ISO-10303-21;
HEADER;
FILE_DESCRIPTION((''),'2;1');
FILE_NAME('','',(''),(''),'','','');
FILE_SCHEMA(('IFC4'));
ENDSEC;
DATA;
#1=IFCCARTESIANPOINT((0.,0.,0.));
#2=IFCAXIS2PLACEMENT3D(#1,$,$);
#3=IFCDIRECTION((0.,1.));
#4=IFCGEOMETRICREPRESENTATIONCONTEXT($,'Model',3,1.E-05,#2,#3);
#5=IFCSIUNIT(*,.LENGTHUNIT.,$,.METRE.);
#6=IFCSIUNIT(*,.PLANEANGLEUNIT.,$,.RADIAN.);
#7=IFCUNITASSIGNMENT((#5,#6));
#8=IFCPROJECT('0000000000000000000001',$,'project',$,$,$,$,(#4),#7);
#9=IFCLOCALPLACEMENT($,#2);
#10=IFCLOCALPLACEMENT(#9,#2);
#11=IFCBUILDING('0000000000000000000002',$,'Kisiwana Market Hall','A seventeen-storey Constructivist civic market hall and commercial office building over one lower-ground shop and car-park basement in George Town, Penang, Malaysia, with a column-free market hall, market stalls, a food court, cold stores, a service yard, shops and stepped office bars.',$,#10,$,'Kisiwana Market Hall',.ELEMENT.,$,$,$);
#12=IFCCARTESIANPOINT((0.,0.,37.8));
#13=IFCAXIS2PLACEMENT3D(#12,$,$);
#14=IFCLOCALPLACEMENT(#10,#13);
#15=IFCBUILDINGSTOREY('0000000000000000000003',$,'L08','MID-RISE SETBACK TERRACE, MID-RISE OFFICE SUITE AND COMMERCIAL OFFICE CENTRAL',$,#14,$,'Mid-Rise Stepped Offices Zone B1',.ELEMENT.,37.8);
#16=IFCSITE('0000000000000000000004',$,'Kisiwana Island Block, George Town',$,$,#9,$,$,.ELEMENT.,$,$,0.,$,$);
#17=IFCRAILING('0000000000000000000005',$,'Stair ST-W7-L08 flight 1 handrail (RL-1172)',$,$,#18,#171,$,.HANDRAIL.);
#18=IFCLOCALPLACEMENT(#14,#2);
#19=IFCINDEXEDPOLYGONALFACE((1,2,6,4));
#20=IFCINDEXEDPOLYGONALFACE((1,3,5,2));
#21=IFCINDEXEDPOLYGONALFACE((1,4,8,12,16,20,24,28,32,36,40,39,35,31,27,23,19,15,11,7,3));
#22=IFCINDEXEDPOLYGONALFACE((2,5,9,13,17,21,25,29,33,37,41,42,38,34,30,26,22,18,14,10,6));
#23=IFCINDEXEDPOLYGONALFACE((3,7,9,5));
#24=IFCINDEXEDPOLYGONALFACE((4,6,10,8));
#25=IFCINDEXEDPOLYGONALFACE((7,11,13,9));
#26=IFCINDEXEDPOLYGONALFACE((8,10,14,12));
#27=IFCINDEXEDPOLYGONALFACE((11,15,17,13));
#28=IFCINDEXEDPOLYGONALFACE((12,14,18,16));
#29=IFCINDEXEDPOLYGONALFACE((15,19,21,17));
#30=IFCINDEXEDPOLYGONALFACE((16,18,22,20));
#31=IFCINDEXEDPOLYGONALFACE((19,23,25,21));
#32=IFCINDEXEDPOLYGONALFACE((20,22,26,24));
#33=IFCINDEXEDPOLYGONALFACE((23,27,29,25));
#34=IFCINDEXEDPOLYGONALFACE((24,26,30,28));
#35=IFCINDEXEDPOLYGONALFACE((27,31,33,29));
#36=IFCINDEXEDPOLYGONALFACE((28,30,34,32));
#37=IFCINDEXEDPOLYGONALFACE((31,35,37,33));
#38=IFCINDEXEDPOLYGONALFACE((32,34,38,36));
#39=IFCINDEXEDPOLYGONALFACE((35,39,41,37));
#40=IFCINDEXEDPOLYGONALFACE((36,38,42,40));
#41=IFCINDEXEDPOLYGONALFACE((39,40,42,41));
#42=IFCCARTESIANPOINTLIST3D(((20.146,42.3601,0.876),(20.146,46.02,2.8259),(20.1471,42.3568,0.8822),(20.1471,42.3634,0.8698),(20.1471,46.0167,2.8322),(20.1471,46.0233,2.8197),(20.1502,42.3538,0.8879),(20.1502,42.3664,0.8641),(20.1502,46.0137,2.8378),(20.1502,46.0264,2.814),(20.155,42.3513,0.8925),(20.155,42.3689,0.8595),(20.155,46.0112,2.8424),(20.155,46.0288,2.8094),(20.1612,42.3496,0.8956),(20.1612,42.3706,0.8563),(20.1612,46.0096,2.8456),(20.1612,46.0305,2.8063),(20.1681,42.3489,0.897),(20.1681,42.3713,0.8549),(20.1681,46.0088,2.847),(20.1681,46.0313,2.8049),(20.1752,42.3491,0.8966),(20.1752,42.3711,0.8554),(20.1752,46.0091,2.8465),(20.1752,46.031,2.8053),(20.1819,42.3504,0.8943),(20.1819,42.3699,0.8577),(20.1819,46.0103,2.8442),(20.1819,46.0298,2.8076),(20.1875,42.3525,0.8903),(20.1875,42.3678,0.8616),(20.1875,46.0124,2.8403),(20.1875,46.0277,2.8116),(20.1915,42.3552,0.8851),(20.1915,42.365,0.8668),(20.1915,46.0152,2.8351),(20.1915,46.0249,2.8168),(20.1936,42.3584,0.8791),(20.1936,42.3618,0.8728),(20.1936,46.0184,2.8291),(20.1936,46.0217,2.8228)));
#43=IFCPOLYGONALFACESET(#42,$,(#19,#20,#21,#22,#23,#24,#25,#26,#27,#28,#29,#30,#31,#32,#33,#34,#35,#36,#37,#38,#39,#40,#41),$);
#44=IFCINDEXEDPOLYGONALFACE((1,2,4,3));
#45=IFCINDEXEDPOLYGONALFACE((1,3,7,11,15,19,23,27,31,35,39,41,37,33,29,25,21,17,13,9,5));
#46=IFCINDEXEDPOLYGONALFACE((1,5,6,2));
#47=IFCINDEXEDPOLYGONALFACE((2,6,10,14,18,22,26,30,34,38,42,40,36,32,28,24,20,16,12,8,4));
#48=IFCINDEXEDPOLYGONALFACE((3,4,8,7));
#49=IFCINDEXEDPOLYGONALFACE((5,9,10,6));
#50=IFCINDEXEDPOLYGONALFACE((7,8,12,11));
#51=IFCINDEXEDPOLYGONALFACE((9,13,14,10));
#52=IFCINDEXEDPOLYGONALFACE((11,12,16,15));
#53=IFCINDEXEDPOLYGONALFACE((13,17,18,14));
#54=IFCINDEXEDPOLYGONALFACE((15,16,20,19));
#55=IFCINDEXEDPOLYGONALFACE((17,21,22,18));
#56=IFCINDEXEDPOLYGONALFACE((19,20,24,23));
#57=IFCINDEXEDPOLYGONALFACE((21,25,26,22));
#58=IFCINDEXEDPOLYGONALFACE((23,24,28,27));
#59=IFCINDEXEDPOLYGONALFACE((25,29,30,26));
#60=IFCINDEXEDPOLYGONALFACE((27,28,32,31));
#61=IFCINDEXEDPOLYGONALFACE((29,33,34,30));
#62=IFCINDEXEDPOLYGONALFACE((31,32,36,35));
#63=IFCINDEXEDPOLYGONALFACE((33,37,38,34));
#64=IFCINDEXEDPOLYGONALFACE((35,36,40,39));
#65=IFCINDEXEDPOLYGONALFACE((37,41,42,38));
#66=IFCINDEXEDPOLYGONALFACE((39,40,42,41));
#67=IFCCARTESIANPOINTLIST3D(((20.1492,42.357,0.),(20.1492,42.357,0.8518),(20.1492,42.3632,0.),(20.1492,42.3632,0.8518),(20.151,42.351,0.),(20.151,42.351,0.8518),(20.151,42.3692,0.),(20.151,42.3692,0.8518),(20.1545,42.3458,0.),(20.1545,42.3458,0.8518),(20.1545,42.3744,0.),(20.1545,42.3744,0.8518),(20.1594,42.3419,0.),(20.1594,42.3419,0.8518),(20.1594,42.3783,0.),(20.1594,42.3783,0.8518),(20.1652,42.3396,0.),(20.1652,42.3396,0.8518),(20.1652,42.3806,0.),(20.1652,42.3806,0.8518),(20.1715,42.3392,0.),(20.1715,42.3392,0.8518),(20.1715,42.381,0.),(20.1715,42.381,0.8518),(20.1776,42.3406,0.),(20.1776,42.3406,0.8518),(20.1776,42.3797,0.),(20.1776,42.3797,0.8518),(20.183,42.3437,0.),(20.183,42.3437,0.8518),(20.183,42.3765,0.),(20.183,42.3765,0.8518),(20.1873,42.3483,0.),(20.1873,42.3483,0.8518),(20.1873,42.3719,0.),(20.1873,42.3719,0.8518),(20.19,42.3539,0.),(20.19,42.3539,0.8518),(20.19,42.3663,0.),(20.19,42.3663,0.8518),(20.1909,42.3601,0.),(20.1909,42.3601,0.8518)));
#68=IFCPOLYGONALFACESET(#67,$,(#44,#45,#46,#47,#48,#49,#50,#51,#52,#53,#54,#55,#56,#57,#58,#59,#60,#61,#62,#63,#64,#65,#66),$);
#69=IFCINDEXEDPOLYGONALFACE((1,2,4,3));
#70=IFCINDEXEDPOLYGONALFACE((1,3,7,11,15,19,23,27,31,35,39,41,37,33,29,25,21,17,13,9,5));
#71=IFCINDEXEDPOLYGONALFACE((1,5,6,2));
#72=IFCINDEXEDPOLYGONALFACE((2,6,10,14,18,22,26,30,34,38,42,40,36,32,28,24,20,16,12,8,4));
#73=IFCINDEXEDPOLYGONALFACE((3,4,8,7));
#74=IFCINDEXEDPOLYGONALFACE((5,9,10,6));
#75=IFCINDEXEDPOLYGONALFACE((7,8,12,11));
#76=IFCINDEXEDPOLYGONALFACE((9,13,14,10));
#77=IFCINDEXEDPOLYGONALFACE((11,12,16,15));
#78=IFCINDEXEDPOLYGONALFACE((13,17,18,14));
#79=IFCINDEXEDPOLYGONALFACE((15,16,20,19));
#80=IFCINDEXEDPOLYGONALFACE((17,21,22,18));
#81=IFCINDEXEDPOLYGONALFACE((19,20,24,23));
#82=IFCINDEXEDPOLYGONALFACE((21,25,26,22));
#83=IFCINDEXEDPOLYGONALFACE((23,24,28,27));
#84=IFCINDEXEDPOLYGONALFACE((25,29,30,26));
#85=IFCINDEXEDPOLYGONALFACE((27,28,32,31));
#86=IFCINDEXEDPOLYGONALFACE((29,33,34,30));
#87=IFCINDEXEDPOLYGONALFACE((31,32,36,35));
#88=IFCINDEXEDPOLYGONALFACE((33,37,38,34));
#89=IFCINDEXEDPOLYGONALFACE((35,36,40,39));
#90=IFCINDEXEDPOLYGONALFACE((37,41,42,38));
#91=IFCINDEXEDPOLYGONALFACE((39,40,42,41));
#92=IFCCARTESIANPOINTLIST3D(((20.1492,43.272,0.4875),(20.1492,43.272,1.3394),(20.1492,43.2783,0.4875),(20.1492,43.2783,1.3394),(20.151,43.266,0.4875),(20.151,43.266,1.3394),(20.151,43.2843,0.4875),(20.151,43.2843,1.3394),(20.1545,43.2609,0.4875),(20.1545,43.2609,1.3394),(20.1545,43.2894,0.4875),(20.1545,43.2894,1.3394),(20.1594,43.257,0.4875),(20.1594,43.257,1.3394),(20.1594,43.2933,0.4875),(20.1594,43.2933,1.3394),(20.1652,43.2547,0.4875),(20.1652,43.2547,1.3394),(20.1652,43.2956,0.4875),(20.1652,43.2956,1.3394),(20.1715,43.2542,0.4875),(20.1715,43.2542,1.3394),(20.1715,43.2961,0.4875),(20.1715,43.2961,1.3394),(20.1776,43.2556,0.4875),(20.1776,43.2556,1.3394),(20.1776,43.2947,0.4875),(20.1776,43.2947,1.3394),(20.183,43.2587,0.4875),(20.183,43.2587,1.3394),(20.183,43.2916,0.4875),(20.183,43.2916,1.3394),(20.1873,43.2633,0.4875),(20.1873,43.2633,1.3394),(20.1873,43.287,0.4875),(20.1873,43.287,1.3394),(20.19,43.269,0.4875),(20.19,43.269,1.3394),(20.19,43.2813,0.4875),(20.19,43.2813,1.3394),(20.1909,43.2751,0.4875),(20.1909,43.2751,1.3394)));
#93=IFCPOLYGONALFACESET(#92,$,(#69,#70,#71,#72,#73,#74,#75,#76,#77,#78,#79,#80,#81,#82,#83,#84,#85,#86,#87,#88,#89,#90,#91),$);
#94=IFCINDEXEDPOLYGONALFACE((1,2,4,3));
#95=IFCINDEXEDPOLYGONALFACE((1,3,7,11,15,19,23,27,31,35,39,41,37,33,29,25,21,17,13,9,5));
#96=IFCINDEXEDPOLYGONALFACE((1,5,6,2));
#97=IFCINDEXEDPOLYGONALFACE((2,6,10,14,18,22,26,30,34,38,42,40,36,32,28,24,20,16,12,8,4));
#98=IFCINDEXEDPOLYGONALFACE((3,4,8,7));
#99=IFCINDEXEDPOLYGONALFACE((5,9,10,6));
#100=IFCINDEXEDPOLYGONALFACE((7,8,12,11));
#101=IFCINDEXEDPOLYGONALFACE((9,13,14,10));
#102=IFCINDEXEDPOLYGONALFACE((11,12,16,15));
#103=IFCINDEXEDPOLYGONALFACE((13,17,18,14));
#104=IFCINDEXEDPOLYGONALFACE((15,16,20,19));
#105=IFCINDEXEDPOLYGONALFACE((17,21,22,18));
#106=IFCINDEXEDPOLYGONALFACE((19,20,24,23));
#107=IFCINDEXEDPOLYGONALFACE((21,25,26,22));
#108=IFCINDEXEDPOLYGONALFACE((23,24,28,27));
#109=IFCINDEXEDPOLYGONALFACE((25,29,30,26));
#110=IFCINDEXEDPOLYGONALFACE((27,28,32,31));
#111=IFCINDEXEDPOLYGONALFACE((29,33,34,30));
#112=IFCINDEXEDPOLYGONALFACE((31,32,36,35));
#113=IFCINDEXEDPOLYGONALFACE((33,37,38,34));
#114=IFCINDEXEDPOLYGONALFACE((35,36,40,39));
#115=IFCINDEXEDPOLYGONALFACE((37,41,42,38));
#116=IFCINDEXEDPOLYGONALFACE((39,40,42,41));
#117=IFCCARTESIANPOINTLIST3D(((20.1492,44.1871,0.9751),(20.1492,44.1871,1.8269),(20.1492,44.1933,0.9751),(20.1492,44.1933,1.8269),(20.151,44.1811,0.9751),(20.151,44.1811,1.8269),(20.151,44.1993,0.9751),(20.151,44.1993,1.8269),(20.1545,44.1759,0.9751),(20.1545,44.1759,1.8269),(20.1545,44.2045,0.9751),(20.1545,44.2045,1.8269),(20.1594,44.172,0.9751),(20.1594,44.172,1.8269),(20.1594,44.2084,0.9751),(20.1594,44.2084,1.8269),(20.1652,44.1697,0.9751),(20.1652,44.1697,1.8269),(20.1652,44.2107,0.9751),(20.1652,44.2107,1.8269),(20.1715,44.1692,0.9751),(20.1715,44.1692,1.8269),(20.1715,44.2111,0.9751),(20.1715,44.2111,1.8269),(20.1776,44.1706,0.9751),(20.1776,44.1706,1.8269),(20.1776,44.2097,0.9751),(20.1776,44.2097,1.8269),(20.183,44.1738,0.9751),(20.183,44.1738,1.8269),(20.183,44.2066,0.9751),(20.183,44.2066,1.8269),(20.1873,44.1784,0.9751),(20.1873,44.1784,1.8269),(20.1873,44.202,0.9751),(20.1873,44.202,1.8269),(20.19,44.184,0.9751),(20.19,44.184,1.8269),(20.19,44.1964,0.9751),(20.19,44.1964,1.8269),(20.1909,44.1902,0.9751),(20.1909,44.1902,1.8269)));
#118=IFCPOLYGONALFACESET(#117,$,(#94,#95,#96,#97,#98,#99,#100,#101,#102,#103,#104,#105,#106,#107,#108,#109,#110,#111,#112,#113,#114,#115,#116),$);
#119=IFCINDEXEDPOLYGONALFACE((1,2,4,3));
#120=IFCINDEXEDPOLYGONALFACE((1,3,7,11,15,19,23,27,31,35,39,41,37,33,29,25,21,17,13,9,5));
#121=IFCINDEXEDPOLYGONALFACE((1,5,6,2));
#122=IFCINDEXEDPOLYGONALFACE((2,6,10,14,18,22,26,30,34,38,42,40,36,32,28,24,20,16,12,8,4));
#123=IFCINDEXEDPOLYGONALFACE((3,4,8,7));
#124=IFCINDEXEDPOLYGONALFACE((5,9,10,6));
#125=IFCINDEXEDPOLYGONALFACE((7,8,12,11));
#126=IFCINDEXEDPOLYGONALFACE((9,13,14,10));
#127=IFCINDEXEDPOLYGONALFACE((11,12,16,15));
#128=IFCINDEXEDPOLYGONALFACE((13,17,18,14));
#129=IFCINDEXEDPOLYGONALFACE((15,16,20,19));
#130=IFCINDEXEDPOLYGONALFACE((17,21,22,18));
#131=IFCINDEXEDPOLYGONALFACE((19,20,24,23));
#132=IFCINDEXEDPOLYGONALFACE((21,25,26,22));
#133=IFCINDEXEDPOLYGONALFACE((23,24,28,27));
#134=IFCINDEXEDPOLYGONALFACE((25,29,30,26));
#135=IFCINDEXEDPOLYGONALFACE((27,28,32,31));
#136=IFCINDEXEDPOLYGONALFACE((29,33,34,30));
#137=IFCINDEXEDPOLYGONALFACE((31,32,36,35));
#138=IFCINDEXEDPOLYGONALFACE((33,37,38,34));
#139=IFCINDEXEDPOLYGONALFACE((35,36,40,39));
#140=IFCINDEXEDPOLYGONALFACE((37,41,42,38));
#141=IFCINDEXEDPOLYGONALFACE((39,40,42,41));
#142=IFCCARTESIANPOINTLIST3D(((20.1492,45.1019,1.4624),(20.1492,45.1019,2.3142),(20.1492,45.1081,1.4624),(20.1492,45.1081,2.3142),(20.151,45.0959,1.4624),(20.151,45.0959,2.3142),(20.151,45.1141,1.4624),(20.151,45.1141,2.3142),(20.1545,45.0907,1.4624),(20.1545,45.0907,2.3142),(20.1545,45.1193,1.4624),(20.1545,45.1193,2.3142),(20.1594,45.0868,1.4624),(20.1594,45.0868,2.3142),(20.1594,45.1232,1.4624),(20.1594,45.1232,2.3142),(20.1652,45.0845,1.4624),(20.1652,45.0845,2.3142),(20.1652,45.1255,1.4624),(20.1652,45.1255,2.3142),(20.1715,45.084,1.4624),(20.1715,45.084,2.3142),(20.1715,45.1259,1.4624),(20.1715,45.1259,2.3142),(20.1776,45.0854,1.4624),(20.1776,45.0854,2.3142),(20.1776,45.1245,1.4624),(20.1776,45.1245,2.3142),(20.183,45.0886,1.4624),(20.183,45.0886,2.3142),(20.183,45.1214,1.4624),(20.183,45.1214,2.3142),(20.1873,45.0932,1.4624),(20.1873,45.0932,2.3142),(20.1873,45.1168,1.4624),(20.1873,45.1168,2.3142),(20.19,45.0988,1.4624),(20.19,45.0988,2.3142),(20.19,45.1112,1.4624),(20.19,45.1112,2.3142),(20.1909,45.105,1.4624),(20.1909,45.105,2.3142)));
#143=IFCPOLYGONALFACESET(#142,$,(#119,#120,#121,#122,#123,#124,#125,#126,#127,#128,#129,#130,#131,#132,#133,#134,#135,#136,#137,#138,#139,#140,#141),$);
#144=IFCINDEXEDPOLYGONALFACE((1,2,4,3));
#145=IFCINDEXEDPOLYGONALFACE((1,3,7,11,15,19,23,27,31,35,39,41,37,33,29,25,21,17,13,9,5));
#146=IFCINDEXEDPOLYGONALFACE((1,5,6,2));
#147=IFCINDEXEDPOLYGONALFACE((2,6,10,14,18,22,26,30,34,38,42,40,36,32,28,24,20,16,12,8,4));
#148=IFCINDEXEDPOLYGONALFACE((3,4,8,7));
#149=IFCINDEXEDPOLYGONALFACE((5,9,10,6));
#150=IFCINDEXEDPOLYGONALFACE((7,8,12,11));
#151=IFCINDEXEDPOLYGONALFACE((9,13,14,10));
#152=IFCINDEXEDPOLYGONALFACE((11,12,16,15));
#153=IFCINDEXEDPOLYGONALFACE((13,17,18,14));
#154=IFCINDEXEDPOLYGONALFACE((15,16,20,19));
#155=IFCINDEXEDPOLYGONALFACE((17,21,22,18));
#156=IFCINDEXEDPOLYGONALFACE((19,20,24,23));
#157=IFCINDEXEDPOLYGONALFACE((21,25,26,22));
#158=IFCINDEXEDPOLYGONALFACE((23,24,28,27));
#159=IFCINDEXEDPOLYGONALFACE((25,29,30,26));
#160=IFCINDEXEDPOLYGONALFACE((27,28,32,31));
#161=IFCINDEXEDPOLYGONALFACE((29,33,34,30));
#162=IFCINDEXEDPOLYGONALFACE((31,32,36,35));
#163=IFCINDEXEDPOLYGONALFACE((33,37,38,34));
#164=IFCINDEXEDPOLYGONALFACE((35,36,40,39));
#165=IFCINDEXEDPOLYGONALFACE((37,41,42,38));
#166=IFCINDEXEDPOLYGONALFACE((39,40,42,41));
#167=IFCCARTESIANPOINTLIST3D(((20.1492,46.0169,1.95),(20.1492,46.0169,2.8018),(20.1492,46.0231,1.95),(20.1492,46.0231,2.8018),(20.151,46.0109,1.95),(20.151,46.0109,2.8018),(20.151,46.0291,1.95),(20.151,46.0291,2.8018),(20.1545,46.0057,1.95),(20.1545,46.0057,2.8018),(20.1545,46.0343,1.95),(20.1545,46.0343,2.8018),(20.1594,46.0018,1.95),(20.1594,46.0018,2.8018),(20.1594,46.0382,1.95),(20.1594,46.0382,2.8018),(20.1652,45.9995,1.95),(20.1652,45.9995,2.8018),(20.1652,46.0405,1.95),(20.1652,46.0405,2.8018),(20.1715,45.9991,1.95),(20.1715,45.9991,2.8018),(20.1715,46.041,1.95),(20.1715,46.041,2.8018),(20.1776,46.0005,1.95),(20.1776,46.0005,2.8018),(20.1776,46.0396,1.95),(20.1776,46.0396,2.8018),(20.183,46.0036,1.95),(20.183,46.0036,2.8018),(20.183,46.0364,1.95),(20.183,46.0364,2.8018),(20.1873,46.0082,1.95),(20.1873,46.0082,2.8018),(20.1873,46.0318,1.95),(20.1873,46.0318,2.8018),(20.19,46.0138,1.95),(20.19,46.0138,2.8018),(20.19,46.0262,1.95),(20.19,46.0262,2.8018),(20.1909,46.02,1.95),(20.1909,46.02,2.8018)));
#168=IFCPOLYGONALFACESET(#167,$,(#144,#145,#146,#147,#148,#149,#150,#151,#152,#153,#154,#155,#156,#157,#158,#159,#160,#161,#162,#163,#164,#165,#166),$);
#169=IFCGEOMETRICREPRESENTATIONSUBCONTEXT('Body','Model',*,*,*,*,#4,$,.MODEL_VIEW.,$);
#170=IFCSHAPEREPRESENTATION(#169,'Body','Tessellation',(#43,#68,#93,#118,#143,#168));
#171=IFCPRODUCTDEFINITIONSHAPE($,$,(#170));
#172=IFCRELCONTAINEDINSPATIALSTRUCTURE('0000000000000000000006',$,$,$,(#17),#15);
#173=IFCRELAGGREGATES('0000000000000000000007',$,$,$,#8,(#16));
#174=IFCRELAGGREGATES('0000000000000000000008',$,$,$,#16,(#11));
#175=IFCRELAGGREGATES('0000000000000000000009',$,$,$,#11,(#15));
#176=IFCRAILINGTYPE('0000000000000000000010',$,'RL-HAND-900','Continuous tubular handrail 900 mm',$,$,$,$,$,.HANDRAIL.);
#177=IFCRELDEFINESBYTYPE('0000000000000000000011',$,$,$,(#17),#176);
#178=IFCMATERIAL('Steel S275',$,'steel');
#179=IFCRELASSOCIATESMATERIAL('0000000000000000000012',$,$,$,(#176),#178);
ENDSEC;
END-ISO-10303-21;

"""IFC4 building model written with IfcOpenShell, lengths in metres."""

from ifc_helpers import new_model, si_unit, direction, frame, origin, origin_2d, place, context, subcontext, project, spatial, circle, extrude, material, type_object, element, save


model = new_model("IFC4")

# Units and contexts
model_context = context("Model", 3, precision=1e-05, world=origin(), true_north=direction((0.0, 1.0)))
body_context = subcontext(model_context, "Body", "Model", "MODEL_VIEW")
ifc_project = project(units=[si_unit("LENGTHUNIT", "METRE"), si_unit("PLANEANGLEUNIT", "RADIAN")], contexts=[model_context])

# Site, building, storey
site_placement = place(None, origin())
site = spatial("IfcSite", under=ifc_project, at=site_placement, Name="Kisiwana Island Block, George Town", CompositionType="ELEMENT", RefElevation=0.0)
building_placement = place(site_placement, origin())
building = spatial("IfcBuilding", under=site, at=building_placement, Name="Kisiwana Market Hall", Description="A seventeen-storey Constructivist civic market hall and commercial office building over one lower-ground shop and car-park basement in George Town, Penang, Malaysia, with a column-free market hall, market stalls, a food court, cold stores, a service yard, shops and stepped office bars.", LongName="Kisiwana Market Hall", CompositionType="ELEMENT")
storey_placement = place(building_placement, frame((0.0, 0.0, 37.8)))
storey = spatial("IfcBuildingStorey", under=building, at=storey_placement, Name="L08", Description="MID-RISE SETBACK TERRACE, MID-RISE OFFICE SUITE AND COMMERCIAL OFFICE CENTRAL", LongName="Mid-Rise Stepped Offices Zone B1", CompositionType="ELEMENT", Elevation=37.8)

# Railing
ifc_material_1 = material(Name="Steel S275", Category="steel")
railing_type_1 = type_object("IfcRailingType", Name="RL-HAND-900", Description="Continuous tubular handrail 900 mm", PredefinedType="HANDRAIL", material=ifc_material_1)
railing_1_placement = place(storey_placement, frame((20.1699, 42.3601, 0.0)))
element("IfcRailing", 1, at=railing_1_placement, inside=storey, type_object=railing_type_1, Name="Stair ST-W7-L08 flight 1 handrail (RL-1172)", PredefinedType="HANDRAIL", context=body_context, shape_type="SweptSolid", body=[
    extrude(circle(Radius=0.0239, at=origin_2d()), frame((0.0, 0.0, 0.876), z_axis=(0.0, 0.882553, 0.470212), x_axis=(-1.0, 0.0, 0.0)), (0.0, 0.0, 1.0), 4.147),
    extrude(circle(Radius=0.021, at=origin_2d()), origin(), (0.0, 0.0, 1.0), 0.8518),
    extrude(circle(Radius=0.021, at=origin_2d()), frame((0.0, 0.915, 0.4875)), (0.0, 0.0, 1.0), 0.8518),
    extrude(circle(Radius=0.021, at=origin_2d()), frame((0.0, 1.8301, 0.9751)), (0.0, 0.0, 1.0), 0.8518),
    extrude(circle(Radius=0.021, at=origin_2d()), frame((0.0, 2.7449, 1.4624)), (0.0, 0.0, 1.0), 0.8518),
    extrude(circle(Radius=0.021, at=origin_2d()), frame((0.0, 3.6599, 1.95)), (0.0, 0.0, 1.0), 0.8518),
])

save(model, "model.ifc")
